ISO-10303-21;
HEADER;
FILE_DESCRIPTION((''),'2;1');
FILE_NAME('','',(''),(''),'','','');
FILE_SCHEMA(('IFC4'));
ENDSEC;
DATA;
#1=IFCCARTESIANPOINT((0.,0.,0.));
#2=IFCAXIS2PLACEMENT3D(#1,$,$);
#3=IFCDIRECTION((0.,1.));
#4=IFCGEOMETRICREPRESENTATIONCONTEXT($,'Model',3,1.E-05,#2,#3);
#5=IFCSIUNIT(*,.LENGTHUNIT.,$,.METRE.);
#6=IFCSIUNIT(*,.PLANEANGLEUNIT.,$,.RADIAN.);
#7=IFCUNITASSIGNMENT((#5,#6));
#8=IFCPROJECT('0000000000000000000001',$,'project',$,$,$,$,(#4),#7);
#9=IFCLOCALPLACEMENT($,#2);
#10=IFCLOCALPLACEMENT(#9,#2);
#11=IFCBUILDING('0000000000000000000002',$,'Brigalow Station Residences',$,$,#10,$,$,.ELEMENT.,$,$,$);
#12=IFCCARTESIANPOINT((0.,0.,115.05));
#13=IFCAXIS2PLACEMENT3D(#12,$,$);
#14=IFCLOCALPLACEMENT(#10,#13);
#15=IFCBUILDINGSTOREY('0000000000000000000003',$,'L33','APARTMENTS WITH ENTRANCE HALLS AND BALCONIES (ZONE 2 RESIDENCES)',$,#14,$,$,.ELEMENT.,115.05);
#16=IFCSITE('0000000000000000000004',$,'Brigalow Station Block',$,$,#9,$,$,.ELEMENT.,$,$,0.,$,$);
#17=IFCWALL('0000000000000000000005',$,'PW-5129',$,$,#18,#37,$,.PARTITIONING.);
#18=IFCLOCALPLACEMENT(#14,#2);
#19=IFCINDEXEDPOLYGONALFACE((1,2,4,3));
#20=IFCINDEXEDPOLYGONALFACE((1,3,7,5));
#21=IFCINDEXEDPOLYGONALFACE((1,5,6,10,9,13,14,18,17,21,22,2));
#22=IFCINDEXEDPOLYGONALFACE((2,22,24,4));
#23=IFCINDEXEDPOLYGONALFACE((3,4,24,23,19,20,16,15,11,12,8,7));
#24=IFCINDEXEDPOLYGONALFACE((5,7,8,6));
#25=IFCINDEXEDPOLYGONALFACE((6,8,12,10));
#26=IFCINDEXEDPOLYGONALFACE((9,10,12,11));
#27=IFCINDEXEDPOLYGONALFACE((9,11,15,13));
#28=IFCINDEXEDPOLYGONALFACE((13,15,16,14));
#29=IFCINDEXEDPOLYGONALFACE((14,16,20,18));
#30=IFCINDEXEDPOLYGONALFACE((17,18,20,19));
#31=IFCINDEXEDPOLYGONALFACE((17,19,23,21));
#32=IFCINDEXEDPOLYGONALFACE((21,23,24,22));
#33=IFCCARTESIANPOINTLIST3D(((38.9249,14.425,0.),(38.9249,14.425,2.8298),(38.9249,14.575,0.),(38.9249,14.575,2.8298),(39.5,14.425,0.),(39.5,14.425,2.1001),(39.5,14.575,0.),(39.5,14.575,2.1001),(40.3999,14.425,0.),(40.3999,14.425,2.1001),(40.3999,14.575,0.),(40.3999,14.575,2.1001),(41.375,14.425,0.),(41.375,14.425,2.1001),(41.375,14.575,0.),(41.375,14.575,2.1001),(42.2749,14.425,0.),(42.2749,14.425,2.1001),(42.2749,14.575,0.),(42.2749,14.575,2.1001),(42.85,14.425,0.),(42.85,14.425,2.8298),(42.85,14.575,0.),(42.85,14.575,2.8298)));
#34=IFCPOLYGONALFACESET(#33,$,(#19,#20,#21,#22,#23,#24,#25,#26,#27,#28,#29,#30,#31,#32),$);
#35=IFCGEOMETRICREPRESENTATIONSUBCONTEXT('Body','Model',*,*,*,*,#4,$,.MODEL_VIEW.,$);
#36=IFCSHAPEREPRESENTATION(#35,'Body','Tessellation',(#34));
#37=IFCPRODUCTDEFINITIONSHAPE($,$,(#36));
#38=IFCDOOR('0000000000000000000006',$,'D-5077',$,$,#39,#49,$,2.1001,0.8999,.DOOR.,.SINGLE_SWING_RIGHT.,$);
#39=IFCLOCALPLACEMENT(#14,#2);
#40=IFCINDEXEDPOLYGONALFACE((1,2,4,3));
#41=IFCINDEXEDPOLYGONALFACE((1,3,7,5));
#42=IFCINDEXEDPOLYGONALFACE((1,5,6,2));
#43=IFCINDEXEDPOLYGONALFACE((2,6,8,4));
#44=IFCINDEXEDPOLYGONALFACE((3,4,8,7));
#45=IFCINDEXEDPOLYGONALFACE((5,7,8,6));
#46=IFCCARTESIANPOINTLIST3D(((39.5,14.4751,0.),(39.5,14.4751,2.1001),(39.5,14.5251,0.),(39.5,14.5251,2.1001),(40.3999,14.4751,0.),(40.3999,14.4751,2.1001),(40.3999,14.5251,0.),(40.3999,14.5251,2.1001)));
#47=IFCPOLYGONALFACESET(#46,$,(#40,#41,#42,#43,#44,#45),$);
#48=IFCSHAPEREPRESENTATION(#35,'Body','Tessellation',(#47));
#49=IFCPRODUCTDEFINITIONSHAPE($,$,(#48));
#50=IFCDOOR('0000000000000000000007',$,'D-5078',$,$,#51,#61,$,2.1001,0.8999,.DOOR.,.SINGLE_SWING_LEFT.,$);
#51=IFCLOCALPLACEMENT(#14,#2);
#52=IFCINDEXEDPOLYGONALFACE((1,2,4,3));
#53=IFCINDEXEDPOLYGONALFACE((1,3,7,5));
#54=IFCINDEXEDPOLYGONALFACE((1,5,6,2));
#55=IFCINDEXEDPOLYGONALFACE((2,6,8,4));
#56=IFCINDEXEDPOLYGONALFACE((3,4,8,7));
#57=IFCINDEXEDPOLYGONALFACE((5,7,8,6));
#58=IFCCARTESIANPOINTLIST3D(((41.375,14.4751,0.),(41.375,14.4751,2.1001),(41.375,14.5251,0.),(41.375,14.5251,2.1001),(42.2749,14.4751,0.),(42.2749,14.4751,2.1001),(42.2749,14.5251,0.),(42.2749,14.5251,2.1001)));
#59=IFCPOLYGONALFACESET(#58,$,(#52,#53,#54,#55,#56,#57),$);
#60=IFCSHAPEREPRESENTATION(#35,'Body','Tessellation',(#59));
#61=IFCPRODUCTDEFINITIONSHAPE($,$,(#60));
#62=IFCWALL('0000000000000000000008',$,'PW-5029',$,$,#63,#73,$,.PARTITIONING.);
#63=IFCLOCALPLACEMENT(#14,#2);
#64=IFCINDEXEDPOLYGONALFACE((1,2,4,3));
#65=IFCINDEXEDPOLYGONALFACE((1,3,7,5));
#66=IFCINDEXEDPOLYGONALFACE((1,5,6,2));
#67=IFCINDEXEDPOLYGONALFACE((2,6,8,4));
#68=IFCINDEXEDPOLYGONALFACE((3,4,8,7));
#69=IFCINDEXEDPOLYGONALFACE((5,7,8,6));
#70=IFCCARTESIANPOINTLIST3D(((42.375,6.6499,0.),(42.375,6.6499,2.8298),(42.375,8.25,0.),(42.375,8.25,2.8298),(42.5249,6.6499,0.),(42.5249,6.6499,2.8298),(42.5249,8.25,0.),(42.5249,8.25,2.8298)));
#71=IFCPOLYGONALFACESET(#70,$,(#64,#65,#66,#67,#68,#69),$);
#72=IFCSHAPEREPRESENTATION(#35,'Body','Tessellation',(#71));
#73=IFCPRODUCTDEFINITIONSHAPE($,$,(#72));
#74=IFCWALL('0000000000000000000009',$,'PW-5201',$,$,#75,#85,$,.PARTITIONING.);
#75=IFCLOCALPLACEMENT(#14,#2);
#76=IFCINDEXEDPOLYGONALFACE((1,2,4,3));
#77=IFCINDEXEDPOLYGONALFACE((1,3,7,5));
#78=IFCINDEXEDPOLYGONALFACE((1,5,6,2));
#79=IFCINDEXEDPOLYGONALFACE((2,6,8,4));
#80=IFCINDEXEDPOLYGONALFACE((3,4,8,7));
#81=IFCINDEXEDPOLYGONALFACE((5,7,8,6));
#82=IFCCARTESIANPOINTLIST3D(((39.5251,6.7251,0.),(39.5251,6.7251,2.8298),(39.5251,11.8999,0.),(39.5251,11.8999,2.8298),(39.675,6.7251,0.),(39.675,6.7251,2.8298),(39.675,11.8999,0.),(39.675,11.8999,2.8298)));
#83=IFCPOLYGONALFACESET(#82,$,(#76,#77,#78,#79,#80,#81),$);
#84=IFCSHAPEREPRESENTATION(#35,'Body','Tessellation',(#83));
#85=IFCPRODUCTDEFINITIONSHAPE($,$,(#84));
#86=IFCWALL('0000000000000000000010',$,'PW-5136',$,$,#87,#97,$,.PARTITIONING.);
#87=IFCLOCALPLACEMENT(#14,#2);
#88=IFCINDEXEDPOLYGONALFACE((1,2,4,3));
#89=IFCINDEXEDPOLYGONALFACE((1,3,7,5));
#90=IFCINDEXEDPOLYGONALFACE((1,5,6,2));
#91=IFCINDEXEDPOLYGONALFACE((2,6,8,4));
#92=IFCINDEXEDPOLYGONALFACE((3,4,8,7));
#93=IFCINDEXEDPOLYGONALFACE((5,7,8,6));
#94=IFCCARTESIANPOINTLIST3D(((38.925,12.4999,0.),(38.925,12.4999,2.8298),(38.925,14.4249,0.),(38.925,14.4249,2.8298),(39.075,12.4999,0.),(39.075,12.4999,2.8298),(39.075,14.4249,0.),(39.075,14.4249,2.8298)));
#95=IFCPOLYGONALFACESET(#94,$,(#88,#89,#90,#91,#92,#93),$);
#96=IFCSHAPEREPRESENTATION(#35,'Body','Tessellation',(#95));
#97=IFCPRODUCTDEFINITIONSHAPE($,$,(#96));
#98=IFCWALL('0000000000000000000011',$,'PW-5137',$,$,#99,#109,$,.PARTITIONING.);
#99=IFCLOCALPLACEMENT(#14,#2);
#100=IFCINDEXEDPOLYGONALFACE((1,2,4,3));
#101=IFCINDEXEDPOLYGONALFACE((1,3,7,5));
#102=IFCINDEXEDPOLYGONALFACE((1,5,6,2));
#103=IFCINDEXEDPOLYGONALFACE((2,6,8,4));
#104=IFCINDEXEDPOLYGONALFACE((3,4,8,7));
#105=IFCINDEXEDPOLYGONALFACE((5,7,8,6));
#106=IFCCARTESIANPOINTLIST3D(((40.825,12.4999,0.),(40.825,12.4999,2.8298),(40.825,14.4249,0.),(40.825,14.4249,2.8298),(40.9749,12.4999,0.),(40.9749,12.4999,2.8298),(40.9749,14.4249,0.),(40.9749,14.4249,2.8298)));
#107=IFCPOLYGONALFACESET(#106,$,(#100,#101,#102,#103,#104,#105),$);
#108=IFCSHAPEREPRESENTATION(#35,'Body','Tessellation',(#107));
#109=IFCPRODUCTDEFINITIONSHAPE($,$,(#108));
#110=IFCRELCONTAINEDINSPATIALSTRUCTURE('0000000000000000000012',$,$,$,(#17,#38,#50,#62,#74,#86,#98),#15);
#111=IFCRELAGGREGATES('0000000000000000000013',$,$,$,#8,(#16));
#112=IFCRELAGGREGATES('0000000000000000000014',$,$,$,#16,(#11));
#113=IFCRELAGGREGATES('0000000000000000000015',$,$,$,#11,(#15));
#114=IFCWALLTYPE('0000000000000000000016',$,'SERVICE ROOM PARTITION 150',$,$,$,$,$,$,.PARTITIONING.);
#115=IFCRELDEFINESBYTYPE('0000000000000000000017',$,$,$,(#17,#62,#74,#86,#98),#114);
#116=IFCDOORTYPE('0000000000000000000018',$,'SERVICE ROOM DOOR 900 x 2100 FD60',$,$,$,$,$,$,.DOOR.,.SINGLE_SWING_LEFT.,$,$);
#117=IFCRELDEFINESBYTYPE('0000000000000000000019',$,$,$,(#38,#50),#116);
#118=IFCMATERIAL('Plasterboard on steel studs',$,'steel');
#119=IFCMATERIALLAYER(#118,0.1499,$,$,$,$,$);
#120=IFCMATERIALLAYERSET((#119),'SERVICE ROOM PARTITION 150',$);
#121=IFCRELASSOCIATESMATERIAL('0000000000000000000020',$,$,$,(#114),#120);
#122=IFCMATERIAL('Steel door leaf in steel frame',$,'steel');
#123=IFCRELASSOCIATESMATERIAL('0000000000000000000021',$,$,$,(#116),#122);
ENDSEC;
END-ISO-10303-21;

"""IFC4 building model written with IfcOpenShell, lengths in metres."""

from ifc_helpers import new_model, si_unit, direction, frame, frame_2d, origin, place, context, subcontext, project, spatial, rectangle, extrude, material, layer, layer_set, type_object, element, fill, save


model = new_model("IFC4")

# Units and contexts
model_context = context("Model", 3, precision=1e-05, world=origin(), true_north=direction((0.0, 1.0)))
body_context = subcontext(model_context, "Body", "Model", "MODEL_VIEW")
ifc_project = project(units=[si_unit("LENGTHUNIT", "METRE"), si_unit("PLANEANGLEUNIT", "RADIAN")], contexts=[model_context])

# Site, building, storey
site_placement = place(None, origin())
site = spatial("IfcSite", under=ifc_project, at=site_placement, Name="Brigalow Station Block", CompositionType="ELEMENT", RefElevation=0.0)
building_placement = place(site_placement, origin())
building = spatial("IfcBuilding", under=site, at=building_placement, Name="Brigalow Station Residences", CompositionType="ELEMENT")
storey_placement = place(building_placement, frame((0.0, 0.0, 115.05)))
storey = spatial("IfcBuildingStorey", under=building, at=storey_placement, Name="L33", Description="APARTMENTS WITH ENTRANCE HALLS AND BALCONIES (ZONE 2 RESIDENCES)", CompositionType="ELEMENT", Elevation=115.05)

# Wall, openings, doors
ifc_material_1 = material(Name="Plasterboard on steel studs", Category="steel")
ifc_layer_1 = layer(ifc_material_1, 0.1499)
ifc_layer_set_1 = layer_set([ifc_layer_1], Name="SERVICE ROOM PARTITION 150")
wall_type_1 = type_object("IfcWallType", Name="SERVICE ROOM PARTITION 150", PredefinedType="PARTITIONING", material=ifc_layer_set_1)
wall_1_placement = place(storey_placement, frame((38.925, 14.5, 0.0), z_axis=(0.0, 0.0, 1.0), x_axis=(1.0, 0.0, 0.0)))
wall_1 = element("IfcWall", 1, at=wall_1_placement, inside=storey, type_object=wall_type_1, Name="PW-5129", PredefinedType="PARTITIONING", context=body_context, shape_type="SweptSolid", body=[
    extrude(rectangle(XDim=3.925, YDim=0.1499, at=frame_2d((1.9624, 0.0))), origin(), (0.0, 0.0, 1.0), 2.8298),
])
opening_1_placement = place(wall_1_placement, frame((0.575, 0.0, 0.0)))
opening_1 = element("IfcOpeningElement", 2, at=opening_1_placement, cuts=wall_1, PredefinedType="OPENING", context=body_context, shape_type="SweptSolid", body=[
    extrude(rectangle(XDim=0.8999, YDim=2.1001, at=frame_2d((0.45, 1.05))), frame((0.0, 0.085, 0.0), z_axis=(0.0, -1.0, 0.0), x_axis=(1.0, 0.0, 0.0)), (0.0, 0.0, 1.0), 0.1699),
])
opening_2_placement = place(wall_1_placement, frame((2.45, 0.0, 0.0)))
opening_2 = element("IfcOpeningElement", 3, at=opening_2_placement, cuts=wall_1, PredefinedType="OPENING", context=body_context, shape_type="SweptSolid", body=[
    extrude(rectangle(XDim=0.8999, YDim=2.1001, at=frame_2d((0.45, 1.05))), frame((0.0, 0.085, 0.0), z_axis=(0.0, -1.0, 0.0), x_axis=(1.0, 0.0, 0.0)), (0.0, 0.0, 1.0), 0.1699),
])
ifc_material_2 = material(Name="Steel door leaf in steel frame", Category="steel")
door_type_1 = type_object("IfcDoorType", Name="SERVICE ROOM DOOR 900 x 2100 FD60", OperationType="SINGLE_SWING_LEFT", PredefinedType="DOOR", material=ifc_material_2)
door_1_placement = place(opening_1_placement, frame((0.8999, 0.0, 0.0), z_axis=(0.0, 0.0, 1.0), x_axis=(-1.0, 0.0, 0.0)))
door_1 = element("IfcDoor", 4, at=door_1_placement, inside=storey, type_object=door_type_1, Name="D-5077", OperationType="SINGLE_SWING_RIGHT", OverallHeight=2.1001, OverallWidth=0.8999, PredefinedType="DOOR", context=body_context, shape_type="SweptSolid", body=[
    extrude(rectangle(XDim=0.8999, YDim=2.1001, at=frame_2d((0.45, 1.05))), frame((0.0, 0.0249, 0.0), z_axis=(0.0, -1.0, 0.0), x_axis=(1.0, 0.0, 0.0)), (0.0, 0.0, 1.0), 0.05),
])
fill(opening_1, door_1)
door_2_placement = place(opening_2_placement, frame((0.8999, 0.0, 0.0), z_axis=(0.0, 0.0, 1.0), x_axis=(-1.0, 0.0, 0.0)))
door_2 = element("IfcDoor", 5, at=door_2_placement, inside=storey, type_object=door_type_1, Name="D-5078", OperationType="SINGLE_SWING_LEFT", OverallHeight=2.1001, OverallWidth=0.8999, PredefinedType="DOOR", context=body_context, shape_type="SweptSolid", body=[
    extrude(rectangle(XDim=0.8999, YDim=2.1001, at=frame_2d((0.45, 1.05))), frame((0.0, 0.0249, 0.0), z_axis=(0.0, -1.0, 0.0), x_axis=(1.0, 0.0, 0.0)), (0.0, 0.0, 1.0), 0.05),
])
fill(opening_2, door_2)

# Walls
wall_2_placement = place(storey_placement, frame((42.45, 6.6499, 0.0), z_axis=(0.0, 0.0, 1.0), x_axis=(0.0, 1.0, 0.0)))
element("IfcWall", 6, at=wall_2_placement, inside=storey, type_object=wall_type_1, Name="PW-5029", PredefinedType="PARTITIONING", context=body_context, shape_type="SweptSolid", body=[
    extrude(rectangle(XDim=1.6001, YDim=0.1499, at=frame_2d((0.8, 0.0))), origin(), (0.0, 0.0, 1.0), 2.8298),
])
wall_3_placement = place(storey_placement, frame((39.6001, 6.7251, 0.0), z_axis=(0.0, 0.0, 1.0), x_axis=(0.0, 1.0, 0.0)))
element("IfcWall", 7, at=wall_3_placement, inside=storey, type_object=wall_type_1, Name="PW-5201", PredefinedType="PARTITIONING", context=body_context, shape_type="SweptSolid", body=[
    extrude(rectangle(XDim=5.1748, YDim=0.1499, at=frame_2d((2.5874, 0.0))), origin(), (0.0, 0.0, 1.0), 2.8298),
])
for number, where, z_axis, x_axis, name in (
    (8, (39.0, 12.5, 0.0), (0.0, 0.0, 1.0), (0.0, 1.0, 0.0), "PW-5136"),
    (9, (40.8999, 12.5, 0.0), (0.0, 0.0, 1.0), (0.0, 1.0, 0.0), "PW-5137"),
):
    element("IfcWall", number, at=place(storey_placement, frame(where, z_axis=z_axis, x_axis=x_axis)), inside=storey, type_object=wall_type_1, Name=name, PredefinedType="PARTITIONING", context=body_context, shape_type="SweptSolid", body=[
        extrude(rectangle(XDim=1.925, YDim=0.1499, at=frame_2d((0.9624, 0.0))), origin(), (0.0, 0.0, 1.0), 2.8298),
    ])

save(model, "model.ifc")
